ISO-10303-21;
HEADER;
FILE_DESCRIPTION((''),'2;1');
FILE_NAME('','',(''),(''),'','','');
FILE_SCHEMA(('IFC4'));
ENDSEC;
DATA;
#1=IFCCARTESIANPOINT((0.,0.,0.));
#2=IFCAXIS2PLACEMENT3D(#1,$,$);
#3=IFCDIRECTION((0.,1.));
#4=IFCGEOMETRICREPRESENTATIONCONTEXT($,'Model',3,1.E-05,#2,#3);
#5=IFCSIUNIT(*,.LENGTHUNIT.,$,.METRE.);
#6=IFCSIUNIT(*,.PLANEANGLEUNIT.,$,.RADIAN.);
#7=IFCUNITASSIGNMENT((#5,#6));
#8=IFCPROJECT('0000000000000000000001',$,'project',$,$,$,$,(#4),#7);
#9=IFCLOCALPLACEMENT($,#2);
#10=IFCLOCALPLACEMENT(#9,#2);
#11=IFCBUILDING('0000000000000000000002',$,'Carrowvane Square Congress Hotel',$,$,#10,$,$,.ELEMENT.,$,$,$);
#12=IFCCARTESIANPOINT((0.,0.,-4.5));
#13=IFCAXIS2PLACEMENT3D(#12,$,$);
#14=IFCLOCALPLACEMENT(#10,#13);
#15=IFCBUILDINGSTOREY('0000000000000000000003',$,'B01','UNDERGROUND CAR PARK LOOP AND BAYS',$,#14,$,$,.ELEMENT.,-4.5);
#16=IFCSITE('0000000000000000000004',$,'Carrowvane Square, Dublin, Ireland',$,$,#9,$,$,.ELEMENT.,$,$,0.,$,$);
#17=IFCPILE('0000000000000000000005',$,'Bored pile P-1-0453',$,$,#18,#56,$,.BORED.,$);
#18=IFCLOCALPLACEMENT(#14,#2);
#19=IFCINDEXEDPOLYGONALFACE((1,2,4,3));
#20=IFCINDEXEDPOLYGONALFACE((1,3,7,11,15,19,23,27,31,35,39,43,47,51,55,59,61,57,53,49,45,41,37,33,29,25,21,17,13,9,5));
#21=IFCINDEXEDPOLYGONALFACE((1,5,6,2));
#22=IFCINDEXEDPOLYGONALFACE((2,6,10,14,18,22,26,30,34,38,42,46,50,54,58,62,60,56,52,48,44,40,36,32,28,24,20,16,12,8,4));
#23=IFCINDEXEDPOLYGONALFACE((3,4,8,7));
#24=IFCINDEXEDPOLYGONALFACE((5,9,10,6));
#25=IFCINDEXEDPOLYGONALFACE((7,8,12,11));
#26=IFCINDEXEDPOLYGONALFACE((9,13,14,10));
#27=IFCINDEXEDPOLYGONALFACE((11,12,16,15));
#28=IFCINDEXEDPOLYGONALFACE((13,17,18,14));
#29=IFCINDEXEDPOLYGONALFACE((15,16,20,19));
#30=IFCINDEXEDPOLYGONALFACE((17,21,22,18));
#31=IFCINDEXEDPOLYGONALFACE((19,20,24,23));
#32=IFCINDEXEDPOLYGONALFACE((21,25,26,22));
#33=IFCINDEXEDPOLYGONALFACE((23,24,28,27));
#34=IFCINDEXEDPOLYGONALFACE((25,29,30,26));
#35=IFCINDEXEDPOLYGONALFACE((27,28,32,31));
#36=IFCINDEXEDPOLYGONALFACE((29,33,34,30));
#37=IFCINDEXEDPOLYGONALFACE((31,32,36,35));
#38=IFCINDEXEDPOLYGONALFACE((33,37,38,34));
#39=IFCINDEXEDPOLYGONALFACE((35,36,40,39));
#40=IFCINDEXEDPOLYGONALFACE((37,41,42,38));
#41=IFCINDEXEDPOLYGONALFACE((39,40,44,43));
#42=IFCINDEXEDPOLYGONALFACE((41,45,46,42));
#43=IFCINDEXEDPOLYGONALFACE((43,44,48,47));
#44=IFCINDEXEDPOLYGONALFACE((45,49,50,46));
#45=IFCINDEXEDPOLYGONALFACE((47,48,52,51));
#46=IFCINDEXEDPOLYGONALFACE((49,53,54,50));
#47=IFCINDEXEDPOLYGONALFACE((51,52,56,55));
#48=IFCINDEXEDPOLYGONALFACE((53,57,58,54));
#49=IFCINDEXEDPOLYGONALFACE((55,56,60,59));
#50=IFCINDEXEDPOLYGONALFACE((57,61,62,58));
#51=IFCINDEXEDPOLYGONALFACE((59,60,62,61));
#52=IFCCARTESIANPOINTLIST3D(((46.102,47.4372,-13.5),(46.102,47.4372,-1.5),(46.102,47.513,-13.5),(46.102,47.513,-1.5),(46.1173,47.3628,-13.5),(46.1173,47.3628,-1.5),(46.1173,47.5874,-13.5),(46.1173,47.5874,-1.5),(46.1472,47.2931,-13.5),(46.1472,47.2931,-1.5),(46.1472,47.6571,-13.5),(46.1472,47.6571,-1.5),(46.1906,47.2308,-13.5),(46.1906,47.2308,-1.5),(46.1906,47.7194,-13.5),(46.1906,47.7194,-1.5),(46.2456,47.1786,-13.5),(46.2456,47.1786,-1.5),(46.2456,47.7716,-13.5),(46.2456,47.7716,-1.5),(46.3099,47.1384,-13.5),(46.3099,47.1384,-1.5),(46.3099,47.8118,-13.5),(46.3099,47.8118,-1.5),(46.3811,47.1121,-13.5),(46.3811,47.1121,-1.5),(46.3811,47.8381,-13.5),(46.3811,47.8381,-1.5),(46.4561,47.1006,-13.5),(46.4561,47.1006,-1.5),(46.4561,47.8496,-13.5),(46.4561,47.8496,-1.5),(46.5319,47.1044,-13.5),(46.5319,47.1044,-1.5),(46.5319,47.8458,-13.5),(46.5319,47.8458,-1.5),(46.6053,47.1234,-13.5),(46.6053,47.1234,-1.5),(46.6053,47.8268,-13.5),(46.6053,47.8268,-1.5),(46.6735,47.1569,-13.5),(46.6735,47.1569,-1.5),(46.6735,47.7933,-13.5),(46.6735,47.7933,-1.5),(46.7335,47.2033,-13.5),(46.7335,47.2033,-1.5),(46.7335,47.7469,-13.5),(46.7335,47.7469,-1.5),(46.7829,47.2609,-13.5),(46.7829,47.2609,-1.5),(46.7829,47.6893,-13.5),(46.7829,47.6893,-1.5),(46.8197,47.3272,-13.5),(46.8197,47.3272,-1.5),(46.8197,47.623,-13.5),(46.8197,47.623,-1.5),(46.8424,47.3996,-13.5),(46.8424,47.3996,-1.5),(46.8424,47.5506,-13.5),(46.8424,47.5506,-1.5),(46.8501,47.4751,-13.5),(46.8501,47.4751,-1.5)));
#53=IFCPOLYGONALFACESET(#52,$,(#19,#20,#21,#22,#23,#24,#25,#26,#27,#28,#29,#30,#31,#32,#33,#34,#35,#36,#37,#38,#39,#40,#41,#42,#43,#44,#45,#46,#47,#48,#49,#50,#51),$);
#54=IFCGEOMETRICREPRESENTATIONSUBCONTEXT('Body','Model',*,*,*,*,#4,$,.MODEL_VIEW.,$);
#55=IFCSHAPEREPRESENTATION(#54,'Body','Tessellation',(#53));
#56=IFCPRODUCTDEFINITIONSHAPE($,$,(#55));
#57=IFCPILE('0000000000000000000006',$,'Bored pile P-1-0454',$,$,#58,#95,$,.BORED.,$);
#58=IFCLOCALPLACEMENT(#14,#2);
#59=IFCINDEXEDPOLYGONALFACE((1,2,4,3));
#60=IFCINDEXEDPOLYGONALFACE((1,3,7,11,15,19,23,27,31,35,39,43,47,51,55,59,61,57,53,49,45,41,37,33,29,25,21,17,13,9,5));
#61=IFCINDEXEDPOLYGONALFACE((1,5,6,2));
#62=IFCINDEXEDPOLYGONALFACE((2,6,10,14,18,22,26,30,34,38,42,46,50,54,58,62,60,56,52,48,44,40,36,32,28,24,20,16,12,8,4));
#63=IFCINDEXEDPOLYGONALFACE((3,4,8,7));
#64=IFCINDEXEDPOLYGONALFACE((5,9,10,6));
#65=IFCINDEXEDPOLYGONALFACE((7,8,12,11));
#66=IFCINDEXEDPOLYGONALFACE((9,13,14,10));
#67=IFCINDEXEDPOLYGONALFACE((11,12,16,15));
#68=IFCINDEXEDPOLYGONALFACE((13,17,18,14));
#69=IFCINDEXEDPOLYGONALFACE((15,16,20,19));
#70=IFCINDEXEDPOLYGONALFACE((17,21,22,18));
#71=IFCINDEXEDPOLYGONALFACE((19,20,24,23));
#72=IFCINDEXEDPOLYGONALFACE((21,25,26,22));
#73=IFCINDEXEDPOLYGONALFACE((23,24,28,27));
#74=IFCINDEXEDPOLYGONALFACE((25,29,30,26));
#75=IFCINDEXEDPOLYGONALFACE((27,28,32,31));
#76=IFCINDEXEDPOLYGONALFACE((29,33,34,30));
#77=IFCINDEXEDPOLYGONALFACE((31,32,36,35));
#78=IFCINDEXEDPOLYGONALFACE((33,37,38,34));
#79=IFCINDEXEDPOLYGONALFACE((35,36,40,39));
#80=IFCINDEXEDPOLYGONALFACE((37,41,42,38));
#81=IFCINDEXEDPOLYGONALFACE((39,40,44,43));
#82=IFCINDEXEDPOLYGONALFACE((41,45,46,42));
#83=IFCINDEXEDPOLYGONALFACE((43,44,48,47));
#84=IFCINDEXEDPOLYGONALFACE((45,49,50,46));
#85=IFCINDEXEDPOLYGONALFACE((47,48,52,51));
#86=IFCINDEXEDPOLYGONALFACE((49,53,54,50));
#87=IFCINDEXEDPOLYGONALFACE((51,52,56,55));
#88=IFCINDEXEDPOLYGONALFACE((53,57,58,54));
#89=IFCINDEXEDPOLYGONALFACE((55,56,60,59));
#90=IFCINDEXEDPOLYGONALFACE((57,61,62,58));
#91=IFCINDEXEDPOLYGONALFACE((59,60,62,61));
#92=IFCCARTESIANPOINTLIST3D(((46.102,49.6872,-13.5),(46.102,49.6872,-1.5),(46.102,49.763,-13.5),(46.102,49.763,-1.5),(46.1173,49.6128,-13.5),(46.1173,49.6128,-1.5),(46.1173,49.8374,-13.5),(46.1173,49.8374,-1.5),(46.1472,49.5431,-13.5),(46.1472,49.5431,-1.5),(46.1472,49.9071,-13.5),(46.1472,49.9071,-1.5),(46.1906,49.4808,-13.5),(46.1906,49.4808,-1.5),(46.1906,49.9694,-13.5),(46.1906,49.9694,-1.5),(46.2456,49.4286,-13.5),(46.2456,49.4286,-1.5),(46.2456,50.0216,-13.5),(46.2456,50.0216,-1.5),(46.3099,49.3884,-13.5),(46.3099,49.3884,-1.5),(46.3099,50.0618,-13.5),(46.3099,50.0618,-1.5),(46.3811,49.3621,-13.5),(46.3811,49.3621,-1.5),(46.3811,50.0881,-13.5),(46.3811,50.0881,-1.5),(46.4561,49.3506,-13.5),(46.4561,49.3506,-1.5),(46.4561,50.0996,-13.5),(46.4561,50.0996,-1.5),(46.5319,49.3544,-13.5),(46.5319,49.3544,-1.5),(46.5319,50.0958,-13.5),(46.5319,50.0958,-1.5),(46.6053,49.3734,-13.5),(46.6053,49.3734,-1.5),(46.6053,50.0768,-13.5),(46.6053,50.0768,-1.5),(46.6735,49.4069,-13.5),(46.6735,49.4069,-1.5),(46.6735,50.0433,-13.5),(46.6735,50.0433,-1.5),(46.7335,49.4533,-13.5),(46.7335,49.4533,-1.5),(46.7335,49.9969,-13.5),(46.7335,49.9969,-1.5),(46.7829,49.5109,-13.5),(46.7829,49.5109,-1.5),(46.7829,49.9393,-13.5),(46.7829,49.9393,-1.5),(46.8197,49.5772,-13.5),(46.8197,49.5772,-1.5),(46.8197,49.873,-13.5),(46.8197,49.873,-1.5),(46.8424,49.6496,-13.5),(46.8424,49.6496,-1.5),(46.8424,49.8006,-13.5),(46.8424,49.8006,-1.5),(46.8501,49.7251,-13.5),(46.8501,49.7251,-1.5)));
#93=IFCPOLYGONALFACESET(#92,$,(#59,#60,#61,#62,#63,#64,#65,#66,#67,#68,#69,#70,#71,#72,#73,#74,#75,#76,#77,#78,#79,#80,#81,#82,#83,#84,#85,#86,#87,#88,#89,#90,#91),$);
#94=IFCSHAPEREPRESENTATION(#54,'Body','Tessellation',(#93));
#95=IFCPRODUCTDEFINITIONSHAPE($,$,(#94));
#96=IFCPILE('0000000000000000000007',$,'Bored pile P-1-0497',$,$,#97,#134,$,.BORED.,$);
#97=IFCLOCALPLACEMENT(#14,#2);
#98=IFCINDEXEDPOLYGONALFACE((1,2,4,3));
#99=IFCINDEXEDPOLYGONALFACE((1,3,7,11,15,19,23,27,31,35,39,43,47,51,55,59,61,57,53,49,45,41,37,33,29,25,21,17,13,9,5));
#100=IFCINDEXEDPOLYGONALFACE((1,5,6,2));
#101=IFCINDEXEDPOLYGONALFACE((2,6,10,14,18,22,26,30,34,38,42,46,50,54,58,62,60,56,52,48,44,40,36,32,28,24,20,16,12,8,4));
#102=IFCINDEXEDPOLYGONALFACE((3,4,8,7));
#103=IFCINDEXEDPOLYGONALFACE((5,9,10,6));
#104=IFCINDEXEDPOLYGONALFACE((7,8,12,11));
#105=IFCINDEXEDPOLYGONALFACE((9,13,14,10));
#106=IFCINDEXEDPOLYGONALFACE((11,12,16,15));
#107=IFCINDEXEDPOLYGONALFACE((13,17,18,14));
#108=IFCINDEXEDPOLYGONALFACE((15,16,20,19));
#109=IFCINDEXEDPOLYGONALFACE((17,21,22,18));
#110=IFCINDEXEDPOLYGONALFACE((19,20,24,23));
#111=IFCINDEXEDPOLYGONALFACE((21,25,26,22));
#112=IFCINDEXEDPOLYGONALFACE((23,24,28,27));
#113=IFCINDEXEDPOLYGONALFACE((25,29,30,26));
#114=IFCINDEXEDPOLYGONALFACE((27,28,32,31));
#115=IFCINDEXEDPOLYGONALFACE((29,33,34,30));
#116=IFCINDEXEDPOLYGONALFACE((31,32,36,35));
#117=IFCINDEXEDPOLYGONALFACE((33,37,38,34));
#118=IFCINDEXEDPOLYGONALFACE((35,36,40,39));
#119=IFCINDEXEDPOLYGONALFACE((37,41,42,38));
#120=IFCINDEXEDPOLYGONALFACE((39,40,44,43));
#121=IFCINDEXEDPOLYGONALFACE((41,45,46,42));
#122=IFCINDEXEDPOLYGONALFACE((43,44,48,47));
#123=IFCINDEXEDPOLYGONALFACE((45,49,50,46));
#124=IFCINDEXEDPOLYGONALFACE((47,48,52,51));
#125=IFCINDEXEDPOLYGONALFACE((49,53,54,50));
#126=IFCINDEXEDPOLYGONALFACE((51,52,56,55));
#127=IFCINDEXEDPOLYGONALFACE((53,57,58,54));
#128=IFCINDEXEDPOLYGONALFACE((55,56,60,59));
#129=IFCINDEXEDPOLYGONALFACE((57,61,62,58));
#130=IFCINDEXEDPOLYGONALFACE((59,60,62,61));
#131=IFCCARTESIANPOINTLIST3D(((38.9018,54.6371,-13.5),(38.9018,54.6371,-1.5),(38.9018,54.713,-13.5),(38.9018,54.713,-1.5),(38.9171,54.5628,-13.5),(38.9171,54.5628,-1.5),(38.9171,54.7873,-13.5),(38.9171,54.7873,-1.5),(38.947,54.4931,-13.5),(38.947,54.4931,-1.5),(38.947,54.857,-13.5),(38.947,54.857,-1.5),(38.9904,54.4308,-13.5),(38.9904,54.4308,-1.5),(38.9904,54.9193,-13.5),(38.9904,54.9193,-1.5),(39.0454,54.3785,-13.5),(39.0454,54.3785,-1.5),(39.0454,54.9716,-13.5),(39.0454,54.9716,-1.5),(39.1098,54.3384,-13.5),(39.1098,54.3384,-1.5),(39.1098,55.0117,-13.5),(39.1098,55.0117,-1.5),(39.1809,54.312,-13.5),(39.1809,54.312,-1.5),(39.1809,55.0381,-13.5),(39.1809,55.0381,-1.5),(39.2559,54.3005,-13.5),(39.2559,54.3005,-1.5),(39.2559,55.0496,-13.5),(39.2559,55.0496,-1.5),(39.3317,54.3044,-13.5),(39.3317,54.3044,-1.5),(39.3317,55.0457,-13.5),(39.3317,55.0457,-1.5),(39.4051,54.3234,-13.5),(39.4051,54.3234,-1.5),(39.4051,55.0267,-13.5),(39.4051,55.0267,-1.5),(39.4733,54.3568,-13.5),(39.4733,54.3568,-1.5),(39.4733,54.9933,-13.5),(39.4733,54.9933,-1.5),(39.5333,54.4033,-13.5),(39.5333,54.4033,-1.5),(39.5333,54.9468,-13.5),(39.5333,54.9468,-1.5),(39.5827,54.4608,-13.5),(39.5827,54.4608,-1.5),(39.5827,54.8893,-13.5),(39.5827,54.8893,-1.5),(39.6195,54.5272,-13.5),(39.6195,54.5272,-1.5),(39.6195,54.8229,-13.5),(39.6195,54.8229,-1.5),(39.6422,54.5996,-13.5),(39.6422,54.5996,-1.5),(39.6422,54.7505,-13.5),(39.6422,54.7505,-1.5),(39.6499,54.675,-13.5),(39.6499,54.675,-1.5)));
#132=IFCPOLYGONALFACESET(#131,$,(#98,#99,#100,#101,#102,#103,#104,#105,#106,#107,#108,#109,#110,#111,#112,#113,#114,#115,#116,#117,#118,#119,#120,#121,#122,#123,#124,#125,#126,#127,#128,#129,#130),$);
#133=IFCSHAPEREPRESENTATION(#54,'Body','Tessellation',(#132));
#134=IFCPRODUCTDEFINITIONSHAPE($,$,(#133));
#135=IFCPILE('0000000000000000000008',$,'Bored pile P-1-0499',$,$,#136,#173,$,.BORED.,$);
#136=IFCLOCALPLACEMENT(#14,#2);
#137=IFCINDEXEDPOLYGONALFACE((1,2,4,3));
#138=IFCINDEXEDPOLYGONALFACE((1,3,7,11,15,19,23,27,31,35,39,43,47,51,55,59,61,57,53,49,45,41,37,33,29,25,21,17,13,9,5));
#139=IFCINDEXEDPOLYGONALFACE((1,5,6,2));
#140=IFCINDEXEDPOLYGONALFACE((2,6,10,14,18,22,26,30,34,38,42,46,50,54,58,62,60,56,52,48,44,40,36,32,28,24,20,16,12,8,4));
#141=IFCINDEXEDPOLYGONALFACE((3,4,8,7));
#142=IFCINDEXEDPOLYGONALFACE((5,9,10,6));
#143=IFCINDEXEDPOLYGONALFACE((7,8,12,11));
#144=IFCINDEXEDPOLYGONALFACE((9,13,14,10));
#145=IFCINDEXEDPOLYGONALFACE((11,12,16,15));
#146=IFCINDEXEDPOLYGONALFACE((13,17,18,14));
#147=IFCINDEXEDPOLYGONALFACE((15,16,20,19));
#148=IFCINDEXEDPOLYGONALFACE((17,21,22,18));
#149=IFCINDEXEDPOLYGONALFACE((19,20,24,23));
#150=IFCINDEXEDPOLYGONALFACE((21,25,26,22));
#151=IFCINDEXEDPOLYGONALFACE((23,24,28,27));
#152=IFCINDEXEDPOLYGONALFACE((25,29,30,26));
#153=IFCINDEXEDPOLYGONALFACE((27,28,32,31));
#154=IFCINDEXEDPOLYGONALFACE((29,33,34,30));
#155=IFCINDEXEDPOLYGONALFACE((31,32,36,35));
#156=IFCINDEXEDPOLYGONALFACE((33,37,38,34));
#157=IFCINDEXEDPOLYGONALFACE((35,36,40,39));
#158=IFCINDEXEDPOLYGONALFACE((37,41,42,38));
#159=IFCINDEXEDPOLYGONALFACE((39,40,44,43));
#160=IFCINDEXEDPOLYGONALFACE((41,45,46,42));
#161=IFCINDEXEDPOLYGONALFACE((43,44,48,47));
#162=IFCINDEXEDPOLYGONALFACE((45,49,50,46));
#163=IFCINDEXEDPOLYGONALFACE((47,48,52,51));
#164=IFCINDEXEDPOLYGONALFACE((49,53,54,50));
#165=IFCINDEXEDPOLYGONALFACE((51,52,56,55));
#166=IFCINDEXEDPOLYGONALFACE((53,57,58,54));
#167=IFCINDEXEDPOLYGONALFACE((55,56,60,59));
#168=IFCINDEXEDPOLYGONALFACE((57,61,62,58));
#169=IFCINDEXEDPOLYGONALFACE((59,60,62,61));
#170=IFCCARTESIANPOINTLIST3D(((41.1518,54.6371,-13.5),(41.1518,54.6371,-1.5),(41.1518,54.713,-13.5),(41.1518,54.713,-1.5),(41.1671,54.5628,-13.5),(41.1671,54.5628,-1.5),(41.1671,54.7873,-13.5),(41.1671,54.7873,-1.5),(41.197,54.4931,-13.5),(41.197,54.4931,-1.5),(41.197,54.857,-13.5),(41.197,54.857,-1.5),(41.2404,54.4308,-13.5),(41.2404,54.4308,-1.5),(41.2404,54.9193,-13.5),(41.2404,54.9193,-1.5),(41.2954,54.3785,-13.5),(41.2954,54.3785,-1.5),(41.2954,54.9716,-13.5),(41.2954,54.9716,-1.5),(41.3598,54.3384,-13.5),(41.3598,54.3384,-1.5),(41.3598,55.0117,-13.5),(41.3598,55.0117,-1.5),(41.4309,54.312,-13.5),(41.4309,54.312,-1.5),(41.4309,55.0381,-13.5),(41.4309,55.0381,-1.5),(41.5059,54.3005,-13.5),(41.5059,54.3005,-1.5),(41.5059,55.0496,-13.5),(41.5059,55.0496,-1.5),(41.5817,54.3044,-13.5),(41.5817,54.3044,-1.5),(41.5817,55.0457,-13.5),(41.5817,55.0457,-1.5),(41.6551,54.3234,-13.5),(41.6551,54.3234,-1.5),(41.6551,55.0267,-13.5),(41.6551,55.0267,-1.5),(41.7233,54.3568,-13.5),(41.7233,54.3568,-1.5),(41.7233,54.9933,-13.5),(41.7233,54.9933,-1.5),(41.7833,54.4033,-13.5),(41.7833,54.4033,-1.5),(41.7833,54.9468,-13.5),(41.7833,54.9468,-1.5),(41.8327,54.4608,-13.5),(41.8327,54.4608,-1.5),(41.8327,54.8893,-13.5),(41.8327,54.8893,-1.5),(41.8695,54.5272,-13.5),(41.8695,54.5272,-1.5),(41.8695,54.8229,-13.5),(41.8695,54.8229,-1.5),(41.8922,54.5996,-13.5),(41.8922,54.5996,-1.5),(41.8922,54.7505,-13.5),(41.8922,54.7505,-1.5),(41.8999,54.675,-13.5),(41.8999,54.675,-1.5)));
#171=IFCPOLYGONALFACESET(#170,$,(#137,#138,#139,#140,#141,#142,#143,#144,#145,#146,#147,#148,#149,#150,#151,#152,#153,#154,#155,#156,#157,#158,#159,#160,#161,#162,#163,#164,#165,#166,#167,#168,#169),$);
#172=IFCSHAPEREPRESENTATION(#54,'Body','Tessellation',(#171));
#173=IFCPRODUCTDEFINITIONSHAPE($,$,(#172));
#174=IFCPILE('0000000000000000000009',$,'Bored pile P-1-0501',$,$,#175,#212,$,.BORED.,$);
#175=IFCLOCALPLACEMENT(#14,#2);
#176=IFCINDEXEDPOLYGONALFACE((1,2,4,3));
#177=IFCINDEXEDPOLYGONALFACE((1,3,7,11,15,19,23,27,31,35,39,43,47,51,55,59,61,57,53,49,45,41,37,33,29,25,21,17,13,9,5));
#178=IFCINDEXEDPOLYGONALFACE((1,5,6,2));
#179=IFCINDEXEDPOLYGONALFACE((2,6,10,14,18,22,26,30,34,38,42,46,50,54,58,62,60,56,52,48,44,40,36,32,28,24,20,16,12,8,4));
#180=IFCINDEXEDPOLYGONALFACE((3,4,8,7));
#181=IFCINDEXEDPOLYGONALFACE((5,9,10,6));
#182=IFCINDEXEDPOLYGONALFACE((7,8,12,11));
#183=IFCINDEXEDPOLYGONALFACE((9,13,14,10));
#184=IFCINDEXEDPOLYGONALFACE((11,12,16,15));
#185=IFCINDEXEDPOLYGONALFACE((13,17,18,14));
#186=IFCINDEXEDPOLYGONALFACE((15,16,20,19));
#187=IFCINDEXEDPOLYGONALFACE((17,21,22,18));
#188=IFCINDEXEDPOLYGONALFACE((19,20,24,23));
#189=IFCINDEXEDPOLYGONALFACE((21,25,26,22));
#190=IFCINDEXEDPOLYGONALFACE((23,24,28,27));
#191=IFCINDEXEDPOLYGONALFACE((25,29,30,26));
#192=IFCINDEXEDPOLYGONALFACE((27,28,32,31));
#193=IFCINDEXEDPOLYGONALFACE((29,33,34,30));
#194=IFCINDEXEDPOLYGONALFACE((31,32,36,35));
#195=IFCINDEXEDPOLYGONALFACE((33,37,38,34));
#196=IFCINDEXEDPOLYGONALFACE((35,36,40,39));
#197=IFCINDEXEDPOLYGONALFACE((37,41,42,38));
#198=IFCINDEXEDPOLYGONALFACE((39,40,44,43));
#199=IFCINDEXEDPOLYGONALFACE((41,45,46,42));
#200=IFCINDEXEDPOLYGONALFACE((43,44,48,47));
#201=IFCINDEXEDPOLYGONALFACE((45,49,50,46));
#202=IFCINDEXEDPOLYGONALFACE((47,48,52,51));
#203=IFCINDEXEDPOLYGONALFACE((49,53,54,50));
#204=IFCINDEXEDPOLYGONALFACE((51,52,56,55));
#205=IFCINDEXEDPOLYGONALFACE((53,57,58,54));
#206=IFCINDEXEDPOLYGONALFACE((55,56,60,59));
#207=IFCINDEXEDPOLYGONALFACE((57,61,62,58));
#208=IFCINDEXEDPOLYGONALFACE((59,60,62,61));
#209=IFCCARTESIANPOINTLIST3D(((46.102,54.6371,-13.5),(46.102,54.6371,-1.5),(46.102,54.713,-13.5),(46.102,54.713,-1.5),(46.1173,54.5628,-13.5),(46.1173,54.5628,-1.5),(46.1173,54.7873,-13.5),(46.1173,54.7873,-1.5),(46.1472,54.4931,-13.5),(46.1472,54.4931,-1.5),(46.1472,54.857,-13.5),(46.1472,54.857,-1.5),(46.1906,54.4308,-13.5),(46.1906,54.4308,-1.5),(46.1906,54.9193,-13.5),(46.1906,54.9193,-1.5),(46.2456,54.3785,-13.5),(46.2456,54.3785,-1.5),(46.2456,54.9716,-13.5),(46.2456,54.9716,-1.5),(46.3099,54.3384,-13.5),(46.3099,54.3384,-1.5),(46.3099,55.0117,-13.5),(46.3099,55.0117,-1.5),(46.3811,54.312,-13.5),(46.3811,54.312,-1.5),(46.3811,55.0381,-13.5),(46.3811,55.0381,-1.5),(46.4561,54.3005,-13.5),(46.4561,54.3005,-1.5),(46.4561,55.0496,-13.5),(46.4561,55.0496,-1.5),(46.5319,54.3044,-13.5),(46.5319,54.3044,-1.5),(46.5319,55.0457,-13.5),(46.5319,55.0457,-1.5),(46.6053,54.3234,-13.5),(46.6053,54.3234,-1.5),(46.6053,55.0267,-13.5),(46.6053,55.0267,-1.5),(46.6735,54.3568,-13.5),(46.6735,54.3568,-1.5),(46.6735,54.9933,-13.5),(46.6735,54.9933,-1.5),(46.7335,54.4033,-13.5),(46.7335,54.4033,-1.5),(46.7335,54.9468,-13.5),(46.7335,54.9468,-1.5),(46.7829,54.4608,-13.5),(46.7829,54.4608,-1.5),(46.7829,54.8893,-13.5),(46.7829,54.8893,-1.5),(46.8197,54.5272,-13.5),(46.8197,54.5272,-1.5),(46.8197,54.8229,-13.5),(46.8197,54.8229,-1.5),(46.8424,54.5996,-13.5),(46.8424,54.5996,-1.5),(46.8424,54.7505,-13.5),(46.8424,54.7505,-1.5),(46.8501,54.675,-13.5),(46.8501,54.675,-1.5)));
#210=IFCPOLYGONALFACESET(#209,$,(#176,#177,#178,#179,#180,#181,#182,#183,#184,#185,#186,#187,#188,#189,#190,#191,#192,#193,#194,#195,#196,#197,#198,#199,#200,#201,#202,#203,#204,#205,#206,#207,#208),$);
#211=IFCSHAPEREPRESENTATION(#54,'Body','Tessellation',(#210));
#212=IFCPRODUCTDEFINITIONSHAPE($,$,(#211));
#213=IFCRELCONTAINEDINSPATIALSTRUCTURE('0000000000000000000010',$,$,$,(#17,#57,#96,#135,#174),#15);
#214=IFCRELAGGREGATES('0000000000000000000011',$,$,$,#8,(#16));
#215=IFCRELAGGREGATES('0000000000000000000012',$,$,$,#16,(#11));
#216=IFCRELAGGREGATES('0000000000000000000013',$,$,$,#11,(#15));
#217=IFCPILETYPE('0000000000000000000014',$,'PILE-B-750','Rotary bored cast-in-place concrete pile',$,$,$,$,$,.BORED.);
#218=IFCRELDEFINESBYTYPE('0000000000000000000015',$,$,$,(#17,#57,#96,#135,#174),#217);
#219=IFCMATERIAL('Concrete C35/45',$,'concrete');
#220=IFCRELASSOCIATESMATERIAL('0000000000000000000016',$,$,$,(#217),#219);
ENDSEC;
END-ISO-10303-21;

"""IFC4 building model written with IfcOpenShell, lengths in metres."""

from ifc_helpers import new_model, si_unit, direction, frame, origin, origin_2d, place, context, subcontext, project, spatial, circle, extrude, material, material_profile, profile_set, type_object, element, save


model = new_model("IFC4")

# Units and contexts
model_context = context("Model", 3, precision=1e-05, world=origin(), true_north=direction((0.0, 1.0)))
body_context = subcontext(model_context, "Body", "Model", "MODEL_VIEW")
ifc_project = project(units=[si_unit("LENGTHUNIT", "METRE"), si_unit("PLANEANGLEUNIT", "RADIAN")], contexts=[model_context])

# Site, building, storey
site_placement = place(None, origin())
site = spatial("IfcSite", under=ifc_project, at=site_placement, Name="Carrowvane Square, Dublin, Ireland", CompositionType="ELEMENT", RefElevation=0.0)
building_placement = place(site_placement, origin())
building = spatial("IfcBuilding", under=site, at=building_placement, Name="Carrowvane Square Congress Hotel", CompositionType="ELEMENT")
storey_placement = place(building_placement, frame((0.0, 0.0, -4.5)))
storey = spatial("IfcBuildingStorey", under=building, at=storey_placement, Name="B01", Description="UNDERGROUND CAR PARK LOOP AND BAYS", CompositionType="ELEMENT", Elevation=-4.5)

# Piles
ifc_material_1 = material(Name="Concrete C35/45", Category="concrete")
ifc_material_profile_1 = material_profile(ifc_material_1, circle(Radius=0.375, at=origin_2d()), Name="PILE D750")
ifc_profile_set_1 = profile_set([ifc_material_profile_1], Name="Concrete C35/45")
pile_type = type_object("IfcPileType", Name="PILE-B-750", Description="Rotary bored cast-in-place concrete pile", PredefinedType="BORED", material=ifc_profile_set_1)
for number, where, z_axis, x_axis, name in (
    (1, (46.4751, 47.4751, -1.5), (0.0, 0.0, -1.0), (1.0, 0.0, 0.0), "Bored pile P-1-0453"),
    (2, (46.4751, 49.7251, -1.5), (0.0, 0.0, -1.0), (1.0, 0.0, 0.0), "Bored pile P-1-0454"),
    (3, (39.2749, 54.675, -1.5), (0.0, 0.0, -1.0), (1.0, 0.0, 0.0), "Bored pile P-1-0497"),
    (4, (41.5249, 54.675, -1.5), (0.0, 0.0, -1.0), (1.0, 0.0, 0.0), "Bored pile P-1-0499"),
    (5, (46.4751, 54.675, -1.5), (0.0, 0.0, -1.0), (1.0, 0.0, 0.0), "Bored pile P-1-0501"),
):
    element("IfcPile", number, at=place(storey_placement, frame(where, z_axis=z_axis, x_axis=x_axis)), inside=storey, type_object=pile_type, Name=name, PredefinedType="BORED", context=body_context, shape_type="SweptSolid", body=[
        extrude(circle(Radius=0.375, at=origin_2d()), origin(), (0.0, 0.0, 1.0), 12.0),
    ])

save(model, "model.ifc")
